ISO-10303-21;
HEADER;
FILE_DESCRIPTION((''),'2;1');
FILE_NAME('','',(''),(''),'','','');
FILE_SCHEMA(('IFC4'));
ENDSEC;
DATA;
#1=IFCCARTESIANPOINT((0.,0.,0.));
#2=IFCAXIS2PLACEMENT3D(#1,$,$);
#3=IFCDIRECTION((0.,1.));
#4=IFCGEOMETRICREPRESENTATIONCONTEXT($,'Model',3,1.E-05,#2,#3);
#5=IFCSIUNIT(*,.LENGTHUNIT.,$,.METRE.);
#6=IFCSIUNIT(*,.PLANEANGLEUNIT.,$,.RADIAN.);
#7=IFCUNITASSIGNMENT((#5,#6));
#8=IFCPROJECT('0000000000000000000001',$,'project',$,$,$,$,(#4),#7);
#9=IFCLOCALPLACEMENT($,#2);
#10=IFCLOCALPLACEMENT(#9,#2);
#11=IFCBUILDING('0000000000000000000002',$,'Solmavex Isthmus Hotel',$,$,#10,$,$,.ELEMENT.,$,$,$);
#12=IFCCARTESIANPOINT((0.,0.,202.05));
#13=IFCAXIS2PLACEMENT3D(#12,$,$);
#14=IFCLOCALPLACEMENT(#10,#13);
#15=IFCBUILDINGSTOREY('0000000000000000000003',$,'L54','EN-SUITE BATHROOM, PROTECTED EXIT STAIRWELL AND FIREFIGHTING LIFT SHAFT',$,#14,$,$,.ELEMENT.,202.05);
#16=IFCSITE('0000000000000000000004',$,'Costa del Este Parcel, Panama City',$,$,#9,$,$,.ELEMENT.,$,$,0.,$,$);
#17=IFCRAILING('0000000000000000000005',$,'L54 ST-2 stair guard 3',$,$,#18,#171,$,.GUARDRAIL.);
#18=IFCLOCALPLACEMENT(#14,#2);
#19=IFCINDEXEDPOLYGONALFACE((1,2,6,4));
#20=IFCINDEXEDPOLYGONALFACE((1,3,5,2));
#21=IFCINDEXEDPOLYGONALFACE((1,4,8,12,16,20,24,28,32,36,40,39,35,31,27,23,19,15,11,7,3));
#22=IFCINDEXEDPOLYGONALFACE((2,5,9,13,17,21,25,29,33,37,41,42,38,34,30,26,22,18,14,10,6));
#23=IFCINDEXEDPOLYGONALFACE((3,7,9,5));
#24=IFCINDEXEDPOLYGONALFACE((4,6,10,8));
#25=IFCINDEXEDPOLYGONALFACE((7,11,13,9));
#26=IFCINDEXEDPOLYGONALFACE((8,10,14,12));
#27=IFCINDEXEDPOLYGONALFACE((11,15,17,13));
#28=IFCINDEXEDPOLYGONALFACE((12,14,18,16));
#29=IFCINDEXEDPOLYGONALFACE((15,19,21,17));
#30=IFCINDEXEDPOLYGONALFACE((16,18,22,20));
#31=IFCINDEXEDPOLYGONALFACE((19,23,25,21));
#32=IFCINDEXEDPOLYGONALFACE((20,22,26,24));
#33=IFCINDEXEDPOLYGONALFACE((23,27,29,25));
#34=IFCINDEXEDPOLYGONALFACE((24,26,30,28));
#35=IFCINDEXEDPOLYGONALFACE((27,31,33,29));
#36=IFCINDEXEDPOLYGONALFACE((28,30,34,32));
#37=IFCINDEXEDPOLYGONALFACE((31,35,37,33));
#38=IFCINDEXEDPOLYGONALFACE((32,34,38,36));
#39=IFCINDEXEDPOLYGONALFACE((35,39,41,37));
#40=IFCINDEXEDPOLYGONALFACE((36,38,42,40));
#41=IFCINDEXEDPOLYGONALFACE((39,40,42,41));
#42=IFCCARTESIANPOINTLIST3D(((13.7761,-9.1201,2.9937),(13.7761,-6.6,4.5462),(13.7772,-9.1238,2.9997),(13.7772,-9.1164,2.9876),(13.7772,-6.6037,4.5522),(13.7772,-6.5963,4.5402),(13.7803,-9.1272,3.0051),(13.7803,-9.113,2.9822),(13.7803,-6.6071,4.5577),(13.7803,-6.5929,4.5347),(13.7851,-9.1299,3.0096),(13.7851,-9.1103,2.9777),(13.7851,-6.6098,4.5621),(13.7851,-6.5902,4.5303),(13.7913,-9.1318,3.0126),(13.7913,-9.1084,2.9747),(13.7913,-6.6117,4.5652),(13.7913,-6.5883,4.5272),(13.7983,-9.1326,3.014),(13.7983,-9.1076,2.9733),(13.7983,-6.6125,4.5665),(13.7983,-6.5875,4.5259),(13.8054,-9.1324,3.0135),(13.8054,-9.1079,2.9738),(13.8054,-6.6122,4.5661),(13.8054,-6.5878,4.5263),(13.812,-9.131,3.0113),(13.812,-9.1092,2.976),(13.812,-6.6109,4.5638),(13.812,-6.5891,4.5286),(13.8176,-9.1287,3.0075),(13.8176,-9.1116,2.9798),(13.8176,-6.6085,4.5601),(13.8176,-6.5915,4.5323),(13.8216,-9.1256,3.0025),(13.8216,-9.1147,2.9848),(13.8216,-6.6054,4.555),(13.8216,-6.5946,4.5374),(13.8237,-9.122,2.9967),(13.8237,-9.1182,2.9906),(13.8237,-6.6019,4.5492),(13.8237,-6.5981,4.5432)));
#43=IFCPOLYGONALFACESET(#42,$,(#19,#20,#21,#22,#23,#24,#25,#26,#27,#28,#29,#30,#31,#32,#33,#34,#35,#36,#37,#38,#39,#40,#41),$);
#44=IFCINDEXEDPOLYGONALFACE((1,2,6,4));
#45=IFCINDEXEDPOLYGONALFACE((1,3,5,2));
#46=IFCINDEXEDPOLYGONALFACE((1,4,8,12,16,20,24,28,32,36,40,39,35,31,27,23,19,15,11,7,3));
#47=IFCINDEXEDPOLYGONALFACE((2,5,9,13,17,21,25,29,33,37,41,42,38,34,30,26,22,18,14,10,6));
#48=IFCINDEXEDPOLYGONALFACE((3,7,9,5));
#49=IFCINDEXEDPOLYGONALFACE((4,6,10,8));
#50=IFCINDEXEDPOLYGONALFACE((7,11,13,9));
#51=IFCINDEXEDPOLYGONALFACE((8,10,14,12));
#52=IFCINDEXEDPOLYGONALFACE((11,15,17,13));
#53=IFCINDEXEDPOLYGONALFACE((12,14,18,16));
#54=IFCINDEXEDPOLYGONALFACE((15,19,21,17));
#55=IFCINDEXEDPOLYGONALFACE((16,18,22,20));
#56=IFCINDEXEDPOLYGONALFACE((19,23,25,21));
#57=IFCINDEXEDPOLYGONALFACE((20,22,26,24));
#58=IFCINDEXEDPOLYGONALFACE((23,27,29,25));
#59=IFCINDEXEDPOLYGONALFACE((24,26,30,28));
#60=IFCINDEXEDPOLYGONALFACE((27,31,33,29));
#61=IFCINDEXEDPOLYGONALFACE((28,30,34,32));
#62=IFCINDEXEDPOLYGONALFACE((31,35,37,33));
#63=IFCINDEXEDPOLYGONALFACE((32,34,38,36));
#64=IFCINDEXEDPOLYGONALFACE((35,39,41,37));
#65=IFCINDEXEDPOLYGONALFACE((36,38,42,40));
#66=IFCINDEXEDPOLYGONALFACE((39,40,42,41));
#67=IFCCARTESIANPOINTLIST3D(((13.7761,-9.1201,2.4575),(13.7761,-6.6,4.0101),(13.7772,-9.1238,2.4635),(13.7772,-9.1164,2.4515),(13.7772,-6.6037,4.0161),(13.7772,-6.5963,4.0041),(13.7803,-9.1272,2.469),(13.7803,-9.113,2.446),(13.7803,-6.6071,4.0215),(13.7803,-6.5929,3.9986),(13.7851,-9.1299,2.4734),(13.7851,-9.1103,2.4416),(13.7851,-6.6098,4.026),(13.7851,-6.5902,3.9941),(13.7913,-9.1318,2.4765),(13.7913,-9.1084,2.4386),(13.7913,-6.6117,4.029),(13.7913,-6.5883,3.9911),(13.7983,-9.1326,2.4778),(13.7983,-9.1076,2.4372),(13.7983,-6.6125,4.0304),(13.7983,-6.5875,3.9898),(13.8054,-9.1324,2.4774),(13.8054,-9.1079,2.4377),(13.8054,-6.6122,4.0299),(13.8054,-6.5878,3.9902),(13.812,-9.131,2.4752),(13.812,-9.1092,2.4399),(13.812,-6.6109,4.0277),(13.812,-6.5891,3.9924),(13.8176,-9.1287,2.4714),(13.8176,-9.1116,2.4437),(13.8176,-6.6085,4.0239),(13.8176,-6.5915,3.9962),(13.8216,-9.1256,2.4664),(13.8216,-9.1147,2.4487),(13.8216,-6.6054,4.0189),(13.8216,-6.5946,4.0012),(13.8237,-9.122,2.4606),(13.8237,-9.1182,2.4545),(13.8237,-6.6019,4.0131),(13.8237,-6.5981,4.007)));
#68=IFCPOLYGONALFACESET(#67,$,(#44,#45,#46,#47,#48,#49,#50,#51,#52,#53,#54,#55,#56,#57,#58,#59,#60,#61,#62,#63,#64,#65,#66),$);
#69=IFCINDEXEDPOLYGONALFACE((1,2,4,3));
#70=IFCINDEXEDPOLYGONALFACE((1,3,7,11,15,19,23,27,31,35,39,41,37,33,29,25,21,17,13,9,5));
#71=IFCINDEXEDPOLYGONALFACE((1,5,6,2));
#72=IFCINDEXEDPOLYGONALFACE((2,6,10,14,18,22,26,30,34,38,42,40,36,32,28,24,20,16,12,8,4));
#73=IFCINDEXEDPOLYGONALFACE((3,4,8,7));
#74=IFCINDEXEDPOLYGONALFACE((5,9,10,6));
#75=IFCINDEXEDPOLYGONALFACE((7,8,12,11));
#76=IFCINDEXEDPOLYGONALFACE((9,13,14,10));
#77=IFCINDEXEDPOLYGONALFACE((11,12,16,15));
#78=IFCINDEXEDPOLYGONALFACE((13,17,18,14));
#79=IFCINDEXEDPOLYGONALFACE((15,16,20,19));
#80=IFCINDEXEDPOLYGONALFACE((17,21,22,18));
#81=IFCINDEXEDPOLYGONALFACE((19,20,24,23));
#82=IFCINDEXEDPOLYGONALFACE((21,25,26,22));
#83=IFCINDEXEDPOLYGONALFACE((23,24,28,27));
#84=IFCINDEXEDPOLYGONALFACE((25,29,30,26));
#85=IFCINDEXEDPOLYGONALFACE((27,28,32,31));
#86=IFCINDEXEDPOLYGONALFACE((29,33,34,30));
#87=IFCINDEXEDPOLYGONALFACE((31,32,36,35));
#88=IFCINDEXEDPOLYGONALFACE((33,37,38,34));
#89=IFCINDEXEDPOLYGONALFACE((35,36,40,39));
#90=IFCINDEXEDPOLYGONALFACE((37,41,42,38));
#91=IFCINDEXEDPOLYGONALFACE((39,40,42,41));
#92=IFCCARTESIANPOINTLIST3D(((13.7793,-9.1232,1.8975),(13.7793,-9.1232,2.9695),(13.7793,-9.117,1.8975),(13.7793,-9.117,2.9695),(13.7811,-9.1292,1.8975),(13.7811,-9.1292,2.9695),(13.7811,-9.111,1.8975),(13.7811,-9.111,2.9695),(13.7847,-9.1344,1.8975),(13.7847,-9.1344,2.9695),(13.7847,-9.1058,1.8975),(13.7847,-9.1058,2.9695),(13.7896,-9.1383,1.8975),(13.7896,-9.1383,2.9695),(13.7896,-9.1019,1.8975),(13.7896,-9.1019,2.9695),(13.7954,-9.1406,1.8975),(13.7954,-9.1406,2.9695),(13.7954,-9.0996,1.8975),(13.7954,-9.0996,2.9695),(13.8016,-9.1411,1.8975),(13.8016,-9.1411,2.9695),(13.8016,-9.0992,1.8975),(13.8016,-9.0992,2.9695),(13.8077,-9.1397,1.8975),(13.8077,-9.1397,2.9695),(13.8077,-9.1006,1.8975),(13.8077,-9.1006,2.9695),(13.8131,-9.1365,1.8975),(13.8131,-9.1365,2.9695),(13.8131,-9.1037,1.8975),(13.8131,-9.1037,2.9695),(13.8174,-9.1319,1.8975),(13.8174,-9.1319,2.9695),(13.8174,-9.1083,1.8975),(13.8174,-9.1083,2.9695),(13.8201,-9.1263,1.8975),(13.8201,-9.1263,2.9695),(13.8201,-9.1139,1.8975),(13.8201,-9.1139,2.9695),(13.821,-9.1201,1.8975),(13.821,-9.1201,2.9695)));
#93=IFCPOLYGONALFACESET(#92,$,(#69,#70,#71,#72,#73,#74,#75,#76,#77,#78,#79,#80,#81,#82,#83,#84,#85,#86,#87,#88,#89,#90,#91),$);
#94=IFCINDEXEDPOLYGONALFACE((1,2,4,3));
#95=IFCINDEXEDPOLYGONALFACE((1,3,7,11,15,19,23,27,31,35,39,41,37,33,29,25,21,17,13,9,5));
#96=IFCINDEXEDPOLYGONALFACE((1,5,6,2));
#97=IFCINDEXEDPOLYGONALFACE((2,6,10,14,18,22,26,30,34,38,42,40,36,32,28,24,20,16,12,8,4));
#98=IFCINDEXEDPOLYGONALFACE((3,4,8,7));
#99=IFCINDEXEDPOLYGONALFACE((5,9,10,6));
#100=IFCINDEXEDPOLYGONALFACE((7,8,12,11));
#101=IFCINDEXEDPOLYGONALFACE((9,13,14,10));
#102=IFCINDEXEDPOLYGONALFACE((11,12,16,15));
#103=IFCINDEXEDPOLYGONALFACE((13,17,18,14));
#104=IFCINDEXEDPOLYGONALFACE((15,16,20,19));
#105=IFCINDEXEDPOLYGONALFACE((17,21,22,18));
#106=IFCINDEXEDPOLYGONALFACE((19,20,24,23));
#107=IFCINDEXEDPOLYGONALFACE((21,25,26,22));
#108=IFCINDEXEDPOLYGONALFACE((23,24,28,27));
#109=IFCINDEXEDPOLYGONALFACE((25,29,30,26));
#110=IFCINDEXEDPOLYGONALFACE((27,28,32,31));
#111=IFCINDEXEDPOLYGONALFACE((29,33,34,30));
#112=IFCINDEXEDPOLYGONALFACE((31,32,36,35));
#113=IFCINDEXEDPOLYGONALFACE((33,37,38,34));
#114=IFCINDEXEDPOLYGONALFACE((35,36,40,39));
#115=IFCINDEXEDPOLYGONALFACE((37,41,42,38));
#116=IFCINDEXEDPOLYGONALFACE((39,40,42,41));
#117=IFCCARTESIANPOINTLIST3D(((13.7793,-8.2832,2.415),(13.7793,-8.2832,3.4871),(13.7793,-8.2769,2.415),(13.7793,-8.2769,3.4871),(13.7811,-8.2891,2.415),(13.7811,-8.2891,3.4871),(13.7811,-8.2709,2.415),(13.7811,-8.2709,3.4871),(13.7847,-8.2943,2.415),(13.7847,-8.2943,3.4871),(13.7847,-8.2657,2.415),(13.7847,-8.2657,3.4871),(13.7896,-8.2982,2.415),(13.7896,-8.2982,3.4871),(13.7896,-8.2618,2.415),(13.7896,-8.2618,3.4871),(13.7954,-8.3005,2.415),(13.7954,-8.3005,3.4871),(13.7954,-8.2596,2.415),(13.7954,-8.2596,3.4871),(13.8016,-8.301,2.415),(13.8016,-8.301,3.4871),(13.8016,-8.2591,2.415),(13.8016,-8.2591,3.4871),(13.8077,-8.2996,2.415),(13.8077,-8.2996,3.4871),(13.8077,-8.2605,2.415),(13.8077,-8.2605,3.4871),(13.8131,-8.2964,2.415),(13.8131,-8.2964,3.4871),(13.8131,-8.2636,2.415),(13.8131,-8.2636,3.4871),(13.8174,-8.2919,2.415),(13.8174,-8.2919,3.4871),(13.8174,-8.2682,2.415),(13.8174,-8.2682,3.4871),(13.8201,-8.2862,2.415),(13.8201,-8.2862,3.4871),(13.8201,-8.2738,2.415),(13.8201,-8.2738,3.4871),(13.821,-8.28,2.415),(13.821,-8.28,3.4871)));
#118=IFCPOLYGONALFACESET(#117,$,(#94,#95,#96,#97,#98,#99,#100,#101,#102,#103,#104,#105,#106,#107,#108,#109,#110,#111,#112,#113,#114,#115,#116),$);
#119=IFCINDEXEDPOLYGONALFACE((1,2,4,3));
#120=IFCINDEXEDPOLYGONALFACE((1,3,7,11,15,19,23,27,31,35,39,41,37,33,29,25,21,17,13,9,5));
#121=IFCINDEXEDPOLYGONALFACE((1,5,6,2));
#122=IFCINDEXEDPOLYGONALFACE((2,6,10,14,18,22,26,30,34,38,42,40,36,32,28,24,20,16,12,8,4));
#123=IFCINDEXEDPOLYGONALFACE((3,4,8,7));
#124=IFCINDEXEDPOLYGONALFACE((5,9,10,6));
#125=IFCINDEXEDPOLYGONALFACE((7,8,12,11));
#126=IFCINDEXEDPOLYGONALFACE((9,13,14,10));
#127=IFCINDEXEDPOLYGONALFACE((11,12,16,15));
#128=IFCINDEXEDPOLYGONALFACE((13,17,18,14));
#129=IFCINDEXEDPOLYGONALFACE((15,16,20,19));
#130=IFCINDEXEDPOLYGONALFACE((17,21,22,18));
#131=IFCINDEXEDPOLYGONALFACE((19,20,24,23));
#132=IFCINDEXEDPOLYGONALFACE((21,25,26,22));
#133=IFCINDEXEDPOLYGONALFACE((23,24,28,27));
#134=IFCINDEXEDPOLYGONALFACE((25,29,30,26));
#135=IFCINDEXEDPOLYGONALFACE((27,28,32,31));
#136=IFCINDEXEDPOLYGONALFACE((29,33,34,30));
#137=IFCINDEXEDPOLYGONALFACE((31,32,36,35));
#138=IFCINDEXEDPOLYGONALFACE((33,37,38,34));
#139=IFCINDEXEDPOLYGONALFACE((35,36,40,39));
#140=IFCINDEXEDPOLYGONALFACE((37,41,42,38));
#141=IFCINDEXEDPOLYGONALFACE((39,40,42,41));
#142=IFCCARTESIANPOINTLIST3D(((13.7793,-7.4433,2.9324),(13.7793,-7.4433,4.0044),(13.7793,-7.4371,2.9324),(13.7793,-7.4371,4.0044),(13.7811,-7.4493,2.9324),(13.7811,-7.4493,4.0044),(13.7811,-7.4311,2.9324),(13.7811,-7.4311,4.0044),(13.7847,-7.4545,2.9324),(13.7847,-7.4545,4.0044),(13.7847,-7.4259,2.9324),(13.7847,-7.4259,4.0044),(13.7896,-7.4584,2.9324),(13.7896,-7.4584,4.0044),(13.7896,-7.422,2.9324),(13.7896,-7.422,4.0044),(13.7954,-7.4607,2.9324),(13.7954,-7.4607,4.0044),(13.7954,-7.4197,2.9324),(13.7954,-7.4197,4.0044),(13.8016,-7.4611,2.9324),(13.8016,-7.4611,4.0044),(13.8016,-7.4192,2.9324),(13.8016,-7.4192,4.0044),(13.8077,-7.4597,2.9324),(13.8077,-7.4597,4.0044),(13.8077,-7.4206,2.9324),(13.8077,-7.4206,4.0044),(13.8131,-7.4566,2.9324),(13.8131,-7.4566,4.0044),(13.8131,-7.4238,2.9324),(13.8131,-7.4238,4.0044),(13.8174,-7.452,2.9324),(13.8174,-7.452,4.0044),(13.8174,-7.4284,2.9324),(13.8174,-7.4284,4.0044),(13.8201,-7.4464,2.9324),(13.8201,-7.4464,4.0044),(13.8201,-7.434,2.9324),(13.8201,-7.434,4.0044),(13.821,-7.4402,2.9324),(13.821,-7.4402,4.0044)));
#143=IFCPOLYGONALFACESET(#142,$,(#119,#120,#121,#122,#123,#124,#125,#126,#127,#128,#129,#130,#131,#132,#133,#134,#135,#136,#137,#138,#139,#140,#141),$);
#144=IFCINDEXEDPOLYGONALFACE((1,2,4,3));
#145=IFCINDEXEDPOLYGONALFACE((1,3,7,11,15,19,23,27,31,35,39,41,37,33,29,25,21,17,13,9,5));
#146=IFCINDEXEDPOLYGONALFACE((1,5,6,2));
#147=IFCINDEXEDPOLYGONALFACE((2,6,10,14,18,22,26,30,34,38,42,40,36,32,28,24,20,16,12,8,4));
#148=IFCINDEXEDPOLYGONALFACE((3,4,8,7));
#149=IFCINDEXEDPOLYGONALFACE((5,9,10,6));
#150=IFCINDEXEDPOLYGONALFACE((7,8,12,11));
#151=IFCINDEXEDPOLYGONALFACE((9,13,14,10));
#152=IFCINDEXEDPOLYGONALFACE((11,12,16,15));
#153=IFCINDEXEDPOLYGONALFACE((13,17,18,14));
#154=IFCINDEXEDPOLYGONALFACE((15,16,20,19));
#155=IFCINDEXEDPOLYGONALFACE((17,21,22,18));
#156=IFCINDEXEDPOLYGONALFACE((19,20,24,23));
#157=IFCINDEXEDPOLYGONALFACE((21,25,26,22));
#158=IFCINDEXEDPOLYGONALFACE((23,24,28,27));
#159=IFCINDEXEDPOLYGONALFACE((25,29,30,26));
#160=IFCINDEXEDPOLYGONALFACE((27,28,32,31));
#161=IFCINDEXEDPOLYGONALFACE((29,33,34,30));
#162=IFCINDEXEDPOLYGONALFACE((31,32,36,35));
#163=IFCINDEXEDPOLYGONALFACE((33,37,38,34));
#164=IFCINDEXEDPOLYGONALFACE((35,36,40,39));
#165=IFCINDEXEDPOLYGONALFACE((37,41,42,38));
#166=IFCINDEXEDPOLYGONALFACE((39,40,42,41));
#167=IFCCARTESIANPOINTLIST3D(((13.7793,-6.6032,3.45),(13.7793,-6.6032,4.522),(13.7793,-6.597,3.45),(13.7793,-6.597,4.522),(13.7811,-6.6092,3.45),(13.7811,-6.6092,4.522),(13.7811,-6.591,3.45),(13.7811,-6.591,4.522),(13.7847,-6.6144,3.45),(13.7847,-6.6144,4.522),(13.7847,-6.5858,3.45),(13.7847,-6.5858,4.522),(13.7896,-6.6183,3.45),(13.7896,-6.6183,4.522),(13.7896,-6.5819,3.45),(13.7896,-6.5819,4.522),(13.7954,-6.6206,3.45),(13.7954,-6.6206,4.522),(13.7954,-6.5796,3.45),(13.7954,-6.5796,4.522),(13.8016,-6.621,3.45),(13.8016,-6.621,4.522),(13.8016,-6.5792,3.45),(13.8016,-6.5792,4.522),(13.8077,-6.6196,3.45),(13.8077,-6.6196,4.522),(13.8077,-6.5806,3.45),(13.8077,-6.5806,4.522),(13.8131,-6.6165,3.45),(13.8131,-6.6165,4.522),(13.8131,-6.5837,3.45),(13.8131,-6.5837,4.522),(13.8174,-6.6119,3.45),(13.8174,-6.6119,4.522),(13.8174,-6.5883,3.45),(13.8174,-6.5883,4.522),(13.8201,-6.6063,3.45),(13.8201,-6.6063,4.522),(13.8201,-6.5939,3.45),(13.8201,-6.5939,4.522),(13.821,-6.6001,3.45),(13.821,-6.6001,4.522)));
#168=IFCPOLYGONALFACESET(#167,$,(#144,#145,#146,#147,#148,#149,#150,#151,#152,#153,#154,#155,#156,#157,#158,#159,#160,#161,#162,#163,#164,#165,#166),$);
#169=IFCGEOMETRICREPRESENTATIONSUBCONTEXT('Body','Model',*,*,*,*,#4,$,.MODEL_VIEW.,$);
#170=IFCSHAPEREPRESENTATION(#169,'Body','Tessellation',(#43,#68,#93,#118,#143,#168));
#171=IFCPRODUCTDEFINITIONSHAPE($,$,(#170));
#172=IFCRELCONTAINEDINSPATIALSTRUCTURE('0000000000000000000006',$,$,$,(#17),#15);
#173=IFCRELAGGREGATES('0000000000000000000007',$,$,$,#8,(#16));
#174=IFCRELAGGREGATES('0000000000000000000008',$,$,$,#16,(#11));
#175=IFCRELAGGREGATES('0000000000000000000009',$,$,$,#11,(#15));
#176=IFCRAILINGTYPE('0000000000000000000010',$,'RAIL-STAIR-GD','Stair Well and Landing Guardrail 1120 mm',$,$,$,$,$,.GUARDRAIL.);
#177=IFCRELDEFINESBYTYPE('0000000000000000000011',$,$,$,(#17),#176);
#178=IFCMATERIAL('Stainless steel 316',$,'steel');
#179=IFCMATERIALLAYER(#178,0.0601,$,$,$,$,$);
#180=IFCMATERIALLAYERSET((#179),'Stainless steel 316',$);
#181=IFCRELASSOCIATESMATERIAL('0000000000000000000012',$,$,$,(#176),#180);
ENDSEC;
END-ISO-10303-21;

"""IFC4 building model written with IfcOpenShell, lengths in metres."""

from ifc_helpers import new_model, si_unit, direction, frame, origin, origin_2d, place, context, subcontext, project, spatial, circle, extrude, material, layer, layer_set, type_object, element, save


model = new_model("IFC4")

# Units and contexts
model_context = context("Model", 3, precision=1e-05, world=origin(), true_north=direction((0.0, 1.0)))
body_context = subcontext(model_context, "Body", "Model", "MODEL_VIEW")
ifc_project = project(units=[si_unit("LENGTHUNIT", "METRE"), si_unit("PLANEANGLEUNIT", "RADIAN")], contexts=[model_context])

# Site, building, storey
site_placement = place(None, origin())
site = spatial("IfcSite", under=ifc_project, at=site_placement, Name="Costa del Este Parcel, Panama City", CompositionType="ELEMENT", RefElevation=0.0)
building_placement = place(site_placement, origin())
building = spatial("IfcBuilding", under=site, at=building_placement, Name="Solmavex Isthmus Hotel", CompositionType="ELEMENT")
storey_placement = place(building_placement, frame((0.0, 0.0, 202.05)))
storey = spatial("IfcBuildingStorey", under=building, at=storey_placement, Name="L54", Description="EN-SUITE BATHROOM, PROTECTED EXIT STAIRWELL AND FIREFIGHTING LIFT SHAFT", CompositionType="ELEMENT", Elevation=202.05)

# Railing
ifc_material_1 = material(Name="Stainless steel 316", Category="steel")
ifc_layer_1 = layer(ifc_material_1, 0.0601)
ifc_layer_set_1 = layer_set([ifc_layer_1], Name="Stainless steel 316")
railing_type_1 = type_object("IfcRailingType", Name="RAIL-STAIR-GD", Description="Stair Well and Landing Guardrail 1120 mm", PredefinedType="GUARDRAIL", material=ifc_layer_set_1)
railing_1_placement = place(storey_placement, frame((13.8, -9.1201, 1.8975)))
element("IfcRailing", 1, at=railing_1_placement, inside=storey, type_object=railing_type_1, Name="L54 ST-2 stair guard 3", PredefinedType="GUARDRAIL", context=body_context, shape_type="SweptSolid", body=[
    extrude(circle(Radius=0.0239, at=origin_2d()), frame((0.0, 0.0, 1.0962), z_axis=(0.0, 0.8514, 0.524516), x_axis=(-1.0, 0.0, 0.0)), (0.0, 0.0, 1.0), 2.96),
    extrude(circle(Radius=0.0239, at=origin_2d()), frame((0.0, 0.0, 0.5601), z_axis=(0.0, 0.8514, 0.524516), x_axis=(-1.0, 0.0, 0.0)), (0.0, 0.0, 1.0), 2.96),
    extrude(circle(Radius=0.021, at=origin_2d()), origin(), (0.0, 0.0, 1.0), 1.072),
    extrude(circle(Radius=0.021, at=origin_2d()), frame((0.0, 0.8401, 0.5176)), (0.0, 0.0, 1.0), 1.072),
    extrude(circle(Radius=0.021, at=origin_2d()), frame((0.0, 1.6799, 1.0349)), (0.0, 0.0, 1.0), 1.072),
    extrude(circle(Radius=0.021, at=origin_2d()), frame((0.0, 2.52, 1.5525)), (0.0, 0.0, 1.0), 1.072),
])

save(model, "model.ifc")
